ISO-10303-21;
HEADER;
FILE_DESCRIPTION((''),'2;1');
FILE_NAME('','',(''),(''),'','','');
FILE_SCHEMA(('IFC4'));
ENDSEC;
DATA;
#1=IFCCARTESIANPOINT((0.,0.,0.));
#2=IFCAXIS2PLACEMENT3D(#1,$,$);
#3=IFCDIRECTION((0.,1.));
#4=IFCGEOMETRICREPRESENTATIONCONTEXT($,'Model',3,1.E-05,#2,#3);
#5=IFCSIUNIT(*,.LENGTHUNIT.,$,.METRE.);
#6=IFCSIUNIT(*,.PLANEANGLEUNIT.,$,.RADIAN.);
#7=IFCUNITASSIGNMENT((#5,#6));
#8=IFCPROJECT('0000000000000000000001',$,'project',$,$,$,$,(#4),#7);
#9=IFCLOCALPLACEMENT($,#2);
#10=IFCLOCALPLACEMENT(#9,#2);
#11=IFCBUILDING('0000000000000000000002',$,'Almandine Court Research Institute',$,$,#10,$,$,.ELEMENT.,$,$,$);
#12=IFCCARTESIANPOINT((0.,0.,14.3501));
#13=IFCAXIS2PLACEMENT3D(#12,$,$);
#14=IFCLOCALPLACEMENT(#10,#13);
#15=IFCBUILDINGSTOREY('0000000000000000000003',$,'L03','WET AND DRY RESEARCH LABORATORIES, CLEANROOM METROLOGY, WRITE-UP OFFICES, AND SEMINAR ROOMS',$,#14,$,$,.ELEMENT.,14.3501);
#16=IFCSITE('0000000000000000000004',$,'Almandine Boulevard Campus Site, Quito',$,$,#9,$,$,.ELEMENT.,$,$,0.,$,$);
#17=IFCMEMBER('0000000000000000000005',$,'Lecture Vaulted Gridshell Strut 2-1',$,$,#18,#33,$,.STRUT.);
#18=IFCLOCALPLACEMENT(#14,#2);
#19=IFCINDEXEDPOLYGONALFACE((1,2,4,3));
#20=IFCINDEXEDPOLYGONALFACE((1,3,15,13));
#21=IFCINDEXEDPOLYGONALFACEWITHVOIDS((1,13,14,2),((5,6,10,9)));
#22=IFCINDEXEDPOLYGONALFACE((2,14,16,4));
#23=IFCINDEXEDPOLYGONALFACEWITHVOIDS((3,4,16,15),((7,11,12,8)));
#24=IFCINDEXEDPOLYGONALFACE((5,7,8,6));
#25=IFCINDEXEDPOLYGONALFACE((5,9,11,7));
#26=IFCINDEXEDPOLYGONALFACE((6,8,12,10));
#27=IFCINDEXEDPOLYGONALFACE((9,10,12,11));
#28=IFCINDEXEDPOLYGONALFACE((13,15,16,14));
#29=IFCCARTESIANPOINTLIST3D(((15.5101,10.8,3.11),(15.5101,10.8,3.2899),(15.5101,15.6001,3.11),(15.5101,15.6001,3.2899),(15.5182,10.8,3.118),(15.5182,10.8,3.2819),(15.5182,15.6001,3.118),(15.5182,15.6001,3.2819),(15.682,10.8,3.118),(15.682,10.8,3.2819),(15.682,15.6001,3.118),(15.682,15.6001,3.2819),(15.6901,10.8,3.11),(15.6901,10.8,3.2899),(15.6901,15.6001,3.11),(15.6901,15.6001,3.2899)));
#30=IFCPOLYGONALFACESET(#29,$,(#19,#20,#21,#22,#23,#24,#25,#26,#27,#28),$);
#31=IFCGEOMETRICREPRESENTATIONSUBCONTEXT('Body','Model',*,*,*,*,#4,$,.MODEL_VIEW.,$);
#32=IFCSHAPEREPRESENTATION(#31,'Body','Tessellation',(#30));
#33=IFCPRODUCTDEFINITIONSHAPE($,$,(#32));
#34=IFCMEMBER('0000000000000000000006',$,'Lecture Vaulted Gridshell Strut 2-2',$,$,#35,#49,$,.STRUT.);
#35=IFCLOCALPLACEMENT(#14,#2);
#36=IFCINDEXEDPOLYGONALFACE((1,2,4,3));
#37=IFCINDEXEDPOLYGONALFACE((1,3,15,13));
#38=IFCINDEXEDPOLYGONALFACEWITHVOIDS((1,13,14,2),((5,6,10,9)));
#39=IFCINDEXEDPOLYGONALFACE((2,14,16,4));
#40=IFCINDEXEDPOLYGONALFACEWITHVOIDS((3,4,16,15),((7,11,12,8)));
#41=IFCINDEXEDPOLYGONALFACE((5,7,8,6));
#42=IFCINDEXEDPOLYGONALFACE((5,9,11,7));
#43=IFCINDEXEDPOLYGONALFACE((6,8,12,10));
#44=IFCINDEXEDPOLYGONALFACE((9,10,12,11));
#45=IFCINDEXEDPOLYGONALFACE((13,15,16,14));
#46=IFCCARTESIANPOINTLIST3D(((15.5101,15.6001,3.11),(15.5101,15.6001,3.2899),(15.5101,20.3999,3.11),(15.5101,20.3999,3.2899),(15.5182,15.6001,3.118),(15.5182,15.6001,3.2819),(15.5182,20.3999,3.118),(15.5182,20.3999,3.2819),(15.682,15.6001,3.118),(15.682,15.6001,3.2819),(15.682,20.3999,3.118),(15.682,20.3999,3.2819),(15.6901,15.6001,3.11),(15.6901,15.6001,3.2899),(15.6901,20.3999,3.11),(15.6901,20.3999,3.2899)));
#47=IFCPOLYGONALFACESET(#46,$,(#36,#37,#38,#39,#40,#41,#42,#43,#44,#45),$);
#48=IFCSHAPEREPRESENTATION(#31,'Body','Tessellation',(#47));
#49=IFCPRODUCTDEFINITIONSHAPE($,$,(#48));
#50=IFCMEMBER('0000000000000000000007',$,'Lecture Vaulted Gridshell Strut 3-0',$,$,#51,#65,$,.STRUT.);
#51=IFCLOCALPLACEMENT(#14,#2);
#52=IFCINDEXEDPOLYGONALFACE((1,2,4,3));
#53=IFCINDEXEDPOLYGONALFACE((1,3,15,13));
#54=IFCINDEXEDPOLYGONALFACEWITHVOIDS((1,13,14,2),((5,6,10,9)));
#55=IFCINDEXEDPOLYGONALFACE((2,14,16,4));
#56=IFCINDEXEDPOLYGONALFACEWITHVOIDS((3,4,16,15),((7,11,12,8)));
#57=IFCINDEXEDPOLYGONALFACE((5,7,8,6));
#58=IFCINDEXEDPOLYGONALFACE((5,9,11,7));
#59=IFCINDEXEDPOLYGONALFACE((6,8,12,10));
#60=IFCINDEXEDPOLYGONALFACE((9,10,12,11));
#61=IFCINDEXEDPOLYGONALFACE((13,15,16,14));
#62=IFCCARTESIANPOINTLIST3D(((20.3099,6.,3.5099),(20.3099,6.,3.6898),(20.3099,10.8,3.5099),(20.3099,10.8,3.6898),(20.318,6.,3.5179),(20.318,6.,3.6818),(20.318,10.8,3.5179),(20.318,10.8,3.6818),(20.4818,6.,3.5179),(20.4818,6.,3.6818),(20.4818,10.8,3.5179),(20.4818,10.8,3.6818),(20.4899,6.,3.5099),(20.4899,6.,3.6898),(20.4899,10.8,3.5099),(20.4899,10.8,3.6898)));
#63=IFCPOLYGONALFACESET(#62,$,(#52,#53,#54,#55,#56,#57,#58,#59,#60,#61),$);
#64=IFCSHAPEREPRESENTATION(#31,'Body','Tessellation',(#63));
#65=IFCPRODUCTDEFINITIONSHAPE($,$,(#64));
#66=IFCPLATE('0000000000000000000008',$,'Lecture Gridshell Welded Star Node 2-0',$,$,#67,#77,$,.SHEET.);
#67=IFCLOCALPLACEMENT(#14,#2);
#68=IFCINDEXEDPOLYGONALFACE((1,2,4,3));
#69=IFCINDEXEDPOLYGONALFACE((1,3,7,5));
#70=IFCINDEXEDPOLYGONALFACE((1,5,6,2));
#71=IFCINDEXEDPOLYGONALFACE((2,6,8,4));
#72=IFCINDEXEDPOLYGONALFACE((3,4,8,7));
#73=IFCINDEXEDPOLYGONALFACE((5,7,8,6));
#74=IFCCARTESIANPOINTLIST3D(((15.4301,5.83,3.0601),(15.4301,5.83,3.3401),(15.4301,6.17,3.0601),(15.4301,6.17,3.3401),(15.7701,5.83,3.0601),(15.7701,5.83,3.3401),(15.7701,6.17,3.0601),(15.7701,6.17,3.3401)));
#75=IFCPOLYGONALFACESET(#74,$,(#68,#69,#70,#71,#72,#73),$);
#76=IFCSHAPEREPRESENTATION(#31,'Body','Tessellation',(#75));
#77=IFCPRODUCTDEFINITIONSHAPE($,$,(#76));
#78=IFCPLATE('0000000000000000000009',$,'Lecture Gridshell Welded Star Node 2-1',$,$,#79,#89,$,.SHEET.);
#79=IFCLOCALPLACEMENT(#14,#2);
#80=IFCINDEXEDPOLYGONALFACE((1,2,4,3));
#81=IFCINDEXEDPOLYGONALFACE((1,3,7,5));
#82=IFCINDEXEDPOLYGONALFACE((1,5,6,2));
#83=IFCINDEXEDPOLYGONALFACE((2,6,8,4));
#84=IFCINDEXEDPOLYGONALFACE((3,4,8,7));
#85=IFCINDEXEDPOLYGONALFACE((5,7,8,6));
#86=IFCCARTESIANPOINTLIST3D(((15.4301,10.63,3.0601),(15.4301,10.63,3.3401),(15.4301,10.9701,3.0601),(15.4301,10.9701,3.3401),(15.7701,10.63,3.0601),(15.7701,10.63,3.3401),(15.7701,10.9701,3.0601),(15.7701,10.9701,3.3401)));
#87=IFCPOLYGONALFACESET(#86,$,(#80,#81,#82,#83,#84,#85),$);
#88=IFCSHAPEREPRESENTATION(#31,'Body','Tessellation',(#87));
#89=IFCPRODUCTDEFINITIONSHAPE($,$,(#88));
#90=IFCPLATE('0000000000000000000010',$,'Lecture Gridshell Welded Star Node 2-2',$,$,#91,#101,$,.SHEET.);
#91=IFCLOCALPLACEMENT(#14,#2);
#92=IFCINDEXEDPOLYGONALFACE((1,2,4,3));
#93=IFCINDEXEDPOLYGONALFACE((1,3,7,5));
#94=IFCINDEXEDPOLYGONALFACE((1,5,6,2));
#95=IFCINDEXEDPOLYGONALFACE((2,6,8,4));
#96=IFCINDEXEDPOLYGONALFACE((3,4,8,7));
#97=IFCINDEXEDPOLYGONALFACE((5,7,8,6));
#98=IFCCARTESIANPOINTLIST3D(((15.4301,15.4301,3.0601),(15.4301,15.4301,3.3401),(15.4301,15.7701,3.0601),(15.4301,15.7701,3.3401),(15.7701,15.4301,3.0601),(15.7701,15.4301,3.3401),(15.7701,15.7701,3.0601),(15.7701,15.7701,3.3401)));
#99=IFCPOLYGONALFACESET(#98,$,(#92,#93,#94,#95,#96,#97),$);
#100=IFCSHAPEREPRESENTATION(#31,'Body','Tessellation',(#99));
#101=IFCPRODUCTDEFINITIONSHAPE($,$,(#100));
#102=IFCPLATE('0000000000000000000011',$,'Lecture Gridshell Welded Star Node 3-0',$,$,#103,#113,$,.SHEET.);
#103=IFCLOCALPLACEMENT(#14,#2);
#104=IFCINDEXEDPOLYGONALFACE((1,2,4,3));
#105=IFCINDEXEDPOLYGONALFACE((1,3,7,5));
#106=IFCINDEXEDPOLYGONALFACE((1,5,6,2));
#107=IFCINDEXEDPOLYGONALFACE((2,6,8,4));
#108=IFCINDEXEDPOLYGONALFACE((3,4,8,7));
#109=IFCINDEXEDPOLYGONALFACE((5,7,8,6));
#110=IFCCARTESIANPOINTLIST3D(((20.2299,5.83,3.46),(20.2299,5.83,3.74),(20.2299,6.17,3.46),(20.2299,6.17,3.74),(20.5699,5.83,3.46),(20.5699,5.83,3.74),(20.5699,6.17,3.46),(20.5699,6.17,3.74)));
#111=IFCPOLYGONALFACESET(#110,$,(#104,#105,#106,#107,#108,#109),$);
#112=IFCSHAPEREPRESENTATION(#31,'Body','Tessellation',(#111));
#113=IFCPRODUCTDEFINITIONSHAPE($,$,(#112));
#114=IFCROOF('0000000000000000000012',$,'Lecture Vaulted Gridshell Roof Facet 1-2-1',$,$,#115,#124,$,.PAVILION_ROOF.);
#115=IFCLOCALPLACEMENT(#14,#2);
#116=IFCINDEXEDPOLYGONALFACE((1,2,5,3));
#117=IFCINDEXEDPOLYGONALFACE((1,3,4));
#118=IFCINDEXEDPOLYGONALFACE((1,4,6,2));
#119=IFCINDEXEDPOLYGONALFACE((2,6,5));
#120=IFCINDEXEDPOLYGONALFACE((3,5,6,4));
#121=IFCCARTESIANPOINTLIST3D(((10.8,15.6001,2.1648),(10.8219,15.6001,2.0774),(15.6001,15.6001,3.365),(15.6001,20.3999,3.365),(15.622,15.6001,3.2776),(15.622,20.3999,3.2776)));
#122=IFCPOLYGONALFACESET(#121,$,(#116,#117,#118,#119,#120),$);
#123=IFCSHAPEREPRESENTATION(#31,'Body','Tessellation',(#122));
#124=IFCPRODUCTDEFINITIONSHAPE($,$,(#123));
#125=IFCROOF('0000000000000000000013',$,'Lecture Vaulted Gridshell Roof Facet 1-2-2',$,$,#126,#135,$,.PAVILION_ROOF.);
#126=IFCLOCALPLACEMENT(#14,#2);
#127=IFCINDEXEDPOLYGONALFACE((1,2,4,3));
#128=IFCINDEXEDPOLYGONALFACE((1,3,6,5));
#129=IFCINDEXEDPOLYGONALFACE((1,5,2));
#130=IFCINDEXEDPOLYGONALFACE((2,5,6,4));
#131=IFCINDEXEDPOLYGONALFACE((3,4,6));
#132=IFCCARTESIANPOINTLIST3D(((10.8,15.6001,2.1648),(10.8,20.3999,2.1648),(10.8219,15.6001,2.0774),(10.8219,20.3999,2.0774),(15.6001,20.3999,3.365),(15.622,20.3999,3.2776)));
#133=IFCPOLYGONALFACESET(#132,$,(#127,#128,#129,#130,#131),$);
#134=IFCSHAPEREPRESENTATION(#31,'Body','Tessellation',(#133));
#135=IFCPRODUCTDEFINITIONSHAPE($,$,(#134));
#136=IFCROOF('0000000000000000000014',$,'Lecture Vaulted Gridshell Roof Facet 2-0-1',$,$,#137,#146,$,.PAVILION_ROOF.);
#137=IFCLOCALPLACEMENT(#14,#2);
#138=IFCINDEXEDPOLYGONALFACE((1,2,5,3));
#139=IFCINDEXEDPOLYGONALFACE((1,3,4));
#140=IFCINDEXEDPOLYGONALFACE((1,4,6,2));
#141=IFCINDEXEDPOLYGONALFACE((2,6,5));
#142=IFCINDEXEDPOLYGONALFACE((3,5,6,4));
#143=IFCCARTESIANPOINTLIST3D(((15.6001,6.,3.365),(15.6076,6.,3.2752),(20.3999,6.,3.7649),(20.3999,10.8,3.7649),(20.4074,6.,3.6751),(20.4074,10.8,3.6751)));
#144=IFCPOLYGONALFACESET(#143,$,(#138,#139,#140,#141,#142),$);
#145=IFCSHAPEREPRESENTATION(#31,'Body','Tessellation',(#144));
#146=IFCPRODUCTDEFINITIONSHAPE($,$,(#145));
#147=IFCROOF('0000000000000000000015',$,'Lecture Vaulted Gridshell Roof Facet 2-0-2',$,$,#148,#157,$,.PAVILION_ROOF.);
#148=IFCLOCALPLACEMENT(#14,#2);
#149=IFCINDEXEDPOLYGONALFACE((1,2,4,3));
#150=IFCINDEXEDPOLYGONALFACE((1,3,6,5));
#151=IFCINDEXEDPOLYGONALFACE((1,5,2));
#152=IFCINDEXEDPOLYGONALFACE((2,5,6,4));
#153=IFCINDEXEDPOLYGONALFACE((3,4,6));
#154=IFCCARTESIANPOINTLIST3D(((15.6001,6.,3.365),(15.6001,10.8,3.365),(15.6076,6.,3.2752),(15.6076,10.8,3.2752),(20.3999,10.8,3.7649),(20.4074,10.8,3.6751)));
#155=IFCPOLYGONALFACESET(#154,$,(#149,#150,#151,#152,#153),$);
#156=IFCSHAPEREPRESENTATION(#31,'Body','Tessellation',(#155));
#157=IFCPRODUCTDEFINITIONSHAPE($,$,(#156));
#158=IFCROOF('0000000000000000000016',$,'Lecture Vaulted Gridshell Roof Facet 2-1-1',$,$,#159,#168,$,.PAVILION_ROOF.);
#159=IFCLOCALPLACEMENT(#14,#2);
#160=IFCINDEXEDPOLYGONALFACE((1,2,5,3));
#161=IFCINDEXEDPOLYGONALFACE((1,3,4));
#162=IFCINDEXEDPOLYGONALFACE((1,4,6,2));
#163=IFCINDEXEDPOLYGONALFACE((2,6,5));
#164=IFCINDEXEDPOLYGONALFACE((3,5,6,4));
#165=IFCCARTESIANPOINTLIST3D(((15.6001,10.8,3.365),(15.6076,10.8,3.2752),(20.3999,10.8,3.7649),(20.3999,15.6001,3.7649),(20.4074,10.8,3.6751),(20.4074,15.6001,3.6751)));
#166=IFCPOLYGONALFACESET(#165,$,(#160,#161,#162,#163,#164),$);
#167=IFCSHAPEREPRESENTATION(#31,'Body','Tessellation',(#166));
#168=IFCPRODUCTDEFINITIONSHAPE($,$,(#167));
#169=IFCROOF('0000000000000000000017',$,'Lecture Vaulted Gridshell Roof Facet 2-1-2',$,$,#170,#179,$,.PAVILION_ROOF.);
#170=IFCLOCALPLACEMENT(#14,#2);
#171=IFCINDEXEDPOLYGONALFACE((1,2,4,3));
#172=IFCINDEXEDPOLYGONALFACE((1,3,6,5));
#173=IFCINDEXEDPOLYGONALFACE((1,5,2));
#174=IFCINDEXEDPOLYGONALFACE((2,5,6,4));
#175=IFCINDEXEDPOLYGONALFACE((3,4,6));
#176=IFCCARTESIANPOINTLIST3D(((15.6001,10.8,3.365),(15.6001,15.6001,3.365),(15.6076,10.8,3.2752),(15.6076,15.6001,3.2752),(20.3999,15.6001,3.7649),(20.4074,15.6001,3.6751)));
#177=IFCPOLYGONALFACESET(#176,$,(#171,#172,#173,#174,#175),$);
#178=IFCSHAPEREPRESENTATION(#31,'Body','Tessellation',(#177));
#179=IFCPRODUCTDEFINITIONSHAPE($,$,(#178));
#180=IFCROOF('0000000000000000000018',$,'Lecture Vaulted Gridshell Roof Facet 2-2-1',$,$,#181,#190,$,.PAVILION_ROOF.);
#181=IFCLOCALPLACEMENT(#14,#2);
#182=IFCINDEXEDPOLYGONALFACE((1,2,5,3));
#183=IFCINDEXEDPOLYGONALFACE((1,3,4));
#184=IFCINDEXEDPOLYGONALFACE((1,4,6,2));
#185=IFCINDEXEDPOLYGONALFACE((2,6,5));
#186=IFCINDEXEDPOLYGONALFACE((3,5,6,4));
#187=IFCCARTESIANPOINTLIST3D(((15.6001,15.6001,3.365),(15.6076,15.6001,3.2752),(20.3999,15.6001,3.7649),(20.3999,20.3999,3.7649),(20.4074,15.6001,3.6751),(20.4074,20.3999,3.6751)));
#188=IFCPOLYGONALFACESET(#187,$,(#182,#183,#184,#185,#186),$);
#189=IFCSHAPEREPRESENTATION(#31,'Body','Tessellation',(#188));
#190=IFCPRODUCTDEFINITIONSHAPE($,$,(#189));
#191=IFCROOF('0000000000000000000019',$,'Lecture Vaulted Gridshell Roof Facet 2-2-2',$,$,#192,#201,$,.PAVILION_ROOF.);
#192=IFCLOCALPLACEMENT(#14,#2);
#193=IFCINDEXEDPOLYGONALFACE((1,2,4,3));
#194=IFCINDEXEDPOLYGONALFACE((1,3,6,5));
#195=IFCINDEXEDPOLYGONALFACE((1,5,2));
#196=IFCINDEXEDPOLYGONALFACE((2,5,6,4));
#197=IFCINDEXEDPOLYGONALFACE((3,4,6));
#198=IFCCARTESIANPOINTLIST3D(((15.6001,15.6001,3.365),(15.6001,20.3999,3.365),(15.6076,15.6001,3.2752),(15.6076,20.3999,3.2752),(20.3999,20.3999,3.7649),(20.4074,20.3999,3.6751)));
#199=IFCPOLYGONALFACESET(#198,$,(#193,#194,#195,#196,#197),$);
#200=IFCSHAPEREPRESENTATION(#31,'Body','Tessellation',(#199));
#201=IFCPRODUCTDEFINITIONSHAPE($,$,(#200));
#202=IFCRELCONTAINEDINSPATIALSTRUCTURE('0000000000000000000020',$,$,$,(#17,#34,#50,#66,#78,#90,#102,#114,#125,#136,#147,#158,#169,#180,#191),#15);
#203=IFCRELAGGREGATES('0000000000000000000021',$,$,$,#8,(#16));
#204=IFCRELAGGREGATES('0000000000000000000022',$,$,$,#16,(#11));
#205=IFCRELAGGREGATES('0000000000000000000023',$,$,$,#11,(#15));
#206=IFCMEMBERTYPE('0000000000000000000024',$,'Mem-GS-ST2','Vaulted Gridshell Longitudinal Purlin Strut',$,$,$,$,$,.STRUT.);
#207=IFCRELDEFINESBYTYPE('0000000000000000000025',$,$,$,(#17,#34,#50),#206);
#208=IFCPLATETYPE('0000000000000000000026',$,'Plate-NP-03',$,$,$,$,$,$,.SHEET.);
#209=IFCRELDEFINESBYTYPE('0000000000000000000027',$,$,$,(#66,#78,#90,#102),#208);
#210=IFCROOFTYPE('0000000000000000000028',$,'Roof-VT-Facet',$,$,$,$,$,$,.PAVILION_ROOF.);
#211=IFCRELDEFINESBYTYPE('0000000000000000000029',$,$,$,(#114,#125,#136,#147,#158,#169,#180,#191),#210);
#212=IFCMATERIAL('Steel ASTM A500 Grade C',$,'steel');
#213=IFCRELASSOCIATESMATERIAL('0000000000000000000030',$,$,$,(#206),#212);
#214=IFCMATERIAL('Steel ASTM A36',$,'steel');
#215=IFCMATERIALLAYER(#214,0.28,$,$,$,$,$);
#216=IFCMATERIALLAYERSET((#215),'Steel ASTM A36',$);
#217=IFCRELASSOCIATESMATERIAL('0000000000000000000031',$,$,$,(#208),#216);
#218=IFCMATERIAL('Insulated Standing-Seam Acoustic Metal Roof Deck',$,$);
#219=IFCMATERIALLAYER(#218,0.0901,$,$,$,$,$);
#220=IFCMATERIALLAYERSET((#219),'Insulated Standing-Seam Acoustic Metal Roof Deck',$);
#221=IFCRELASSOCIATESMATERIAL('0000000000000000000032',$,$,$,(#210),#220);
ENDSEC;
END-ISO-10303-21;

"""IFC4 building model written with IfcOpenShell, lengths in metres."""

from ifc_helpers import new_model, si_unit, direction, frame, origin, origin_2d, place, context, subcontext, project, spatial, polyline, rectangle, hollow_rectangle, outline, extrude, material, layer, layer_set, material_profile, profile_set, type_object, element, save


model = new_model("IFC4")

# Units and contexts
model_context = context("Model", 3, precision=1e-05, world=origin(), true_north=direction((0.0, 1.0)))
body_context = subcontext(model_context, "Body", "Model", "MODEL_VIEW")
ifc_project = project(units=[si_unit("LENGTHUNIT", "METRE"), si_unit("PLANEANGLEUNIT", "RADIAN")], contexts=[model_context])

# Site, building, storey
site_placement = place(None, origin())
site = spatial("IfcSite", under=ifc_project, at=site_placement, Name="Almandine Boulevard Campus Site, Quito", CompositionType="ELEMENT", RefElevation=0.0)
building_placement = place(site_placement, origin())
building = spatial("IfcBuilding", under=site, at=building_placement, Name="Almandine Court Research Institute", CompositionType="ELEMENT")
storey_placement = place(building_placement, frame((0.0, 0.0, 14.3501)))
storey = spatial("IfcBuildingStorey", under=building, at=storey_placement, Name="L03", Description="WET AND DRY RESEARCH LABORATORIES, CLEANROOM METROLOGY, WRITE-UP OFFICES, AND SEMINAR ROOMS", CompositionType="ELEMENT", Elevation=14.3501)

# Members
ifc_material_1 = material(Name="Steel ASTM A500 Grade C", Category="steel")
ifc_material_profile_1 = material_profile(ifc_material_1, hollow_rectangle(XDim=0.1799, YDim=0.1799, WallThickness=0.0081, at=origin_2d()), Name="HSS 180x180x8")
ifc_profile_set_1 = profile_set([ifc_material_profile_1], Name="Steel ASTM A500 Grade C")
member_type_1 = type_object("IfcMemberType", Name="Mem-GS-ST2", Description="Vaulted Gridshell Longitudinal Purlin Strut", PredefinedType="STRUT", material=ifc_profile_set_1)
for number, where, z_axis, x_axis, name in (
    (1, (15.6001, 10.8, 3.2), (0.0, 1.0, 0.0), (-1.0, 0.0, 0.0), "Lecture Vaulted Gridshell Strut 2-1"),
):
    element("IfcMember", number, at=place(storey_placement, frame(where, z_axis=z_axis, x_axis=x_axis)), inside=storey, type_object=member_type_1, Name=name, PredefinedType="STRUT", context=body_context, shape_type="SweptSolid", body=[
        extrude(hollow_rectangle(XDim=0.1799, YDim=0.1799, WallThickness=0.0081, at=origin_2d()), origin(), (0.0, 0.0, 1.0), 4.8),
    ])
member_1_placement = place(storey_placement, frame((15.6001, 15.6001, 3.2), z_axis=(0.0, 1.0, 0.0), x_axis=(-1.0, 0.0, 0.0)))
element("IfcMember", 2, at=member_1_placement, inside=storey, type_object=member_type_1, Name="Lecture Vaulted Gridshell Strut 2-2", PredefinedType="STRUT", context=body_context, shape_type="SweptSolid", body=[
    extrude(hollow_rectangle(XDim=0.1799, YDim=0.1799, WallThickness=0.0081, at=origin_2d()), origin(), (0.0, 0.0, 1.0), 4.7998),
])
member_2_placement = place(storey_placement, frame((20.3999, 6.0, 3.5999), z_axis=(0.0, 1.0, 0.0), x_axis=(-1.0, 0.0, 0.0)))
element("IfcMember", 3, at=member_2_placement, inside=storey, type_object=member_type_1, Name="Lecture Vaulted Gridshell Strut 3-0", PredefinedType="STRUT", context=body_context, shape_type="SweptSolid", body=[
    extrude(hollow_rectangle(XDim=0.1799, YDim=0.1799, WallThickness=0.0081, at=origin_2d()), origin(), (0.0, 0.0, 1.0), 4.8),
])

# Plates
ifc_material_2 = material(Name="Steel ASTM A36", Category="steel")
ifc_layer_1 = layer(ifc_material_2, 0.28)
ifc_layer_set_1 = layer_set([ifc_layer_1], Name="Steel ASTM A36")
plate_type = type_object("IfcPlateType", Name="Plate-NP-03", PredefinedType="SHEET", material=ifc_layer_set_1)
for number, where, z_axis, x_axis, name in (
    (4, (15.6001, 6.0, 3.0601), (0.0, 0.0, 1.0), (1.0, 0.0, 0.0), "Lecture Gridshell Welded Star Node 2-0"),
    (5, (15.6001, 10.8, 3.0601), (0.0, 0.0, 1.0), (1.0, 0.0, 0.0), "Lecture Gridshell Welded Star Node 2-1"),
    (6, (15.6001, 15.6001, 3.0601), (0.0, 0.0, 1.0), (1.0, 0.0, 0.0), "Lecture Gridshell Welded Star Node 2-2"),
    (7, (20.3999, 6.0, 3.46), (0.0, 0.0, 1.0), (1.0, 0.0, 0.0), "Lecture Gridshell Welded Star Node 3-0"),
):
    element("IfcPlate", number, at=place(storey_placement, frame(where, z_axis=z_axis, x_axis=x_axis)), inside=storey, type_object=plate_type, Name=name, PredefinedType="SHEET", context=body_context, shape_type="SweptSolid", body=[
        extrude(rectangle(XDim=0.3401, YDim=0.3401, at=origin_2d()), origin(), (0.0, 0.0, 1.0), 0.28),
    ])

# Roofs
ifc_material_3 = material(Name="Insulated Standing-Seam Acoustic Metal Roof Deck")
ifc_layer_2 = layer(ifc_material_3, 0.0901)
ifc_layer_set_2 = layer_set([ifc_layer_2], Name="Insulated Standing-Seam Acoustic Metal Roof Deck")
roof_type = type_object("IfcRoofType", Name="Roof-VT-Facet", PredefinedType="PAVILION_ROOF", material=ifc_layer_set_2)
roof_1_placement = place(storey_placement, frame((10.8, 15.6001, 2.1648), z_axis=(-0.24257, 0.0, 0.970134), x_axis=(0.970134, 0.0, 0.24257)))
element("IfcRoof", 8, at=roof_1_placement, inside=storey, type_object=roof_type, Name="Lecture Vaulted Gridshell Roof Facet 1-2-1", PredefinedType="PAVILION_ROOF", context=body_context, shape_type="SweptSolid", body=[
    extrude(outline(polyline([(0.0, 0.0), (4.9478, 0.0), (4.9478, 4.7998), (0.0, 0.0)])), origin(), (0.0, 0.0, -1.0), 0.0901),
])
roof_2_placement = place(storey_placement, frame((10.8, 15.6001, 2.1648), z_axis=(-0.24257, 0.0, 0.970134), x_axis=(0.696325, 0.696289, 0.174108)))
element("IfcRoof", 9, at=roof_2_placement, inside=storey, type_object=roof_type, Name="Lecture Vaulted Gridshell Roof Facet 1-2-2", PredefinedType="PAVILION_ROOF", context=body_context, shape_type="SweptSolid", body=[
    extrude(outline(polyline([(0.0, 0.0), (6.8934, 0.0), (3.3421, 3.4451), (0.0, 0.0)])), origin(), (0.0, 0.0, -1.0), 0.0901),
])
roof_3_placement = place(storey_placement, frame((15.6001, 6.0, 3.365), z_axis=(-0.083029, 0.0, 0.996547), x_axis=(0.996547, 0.0, 0.083029)))
element("IfcRoof", 10, at=roof_3_placement, inside=storey, type_object=roof_type, Name="Lecture Vaulted Gridshell Roof Facet 2-0-1", PredefinedType="PAVILION_ROOF", context=body_context, shape_type="SweptSolid", body=[
    extrude(outline(polyline([(0.0, 0.0), (4.8164, 0.0), (4.8164, 4.8), (0.0, 0.0)])), origin(), (0.0, 0.0, -1.0), 0.0901),
])
roof_4_placement = place(storey_placement, frame((15.6001, 6.0, 3.365), z_axis=(-0.083029, 0.0, 0.996547), x_axis=(0.705865, 0.705901, 0.05881)))
element("IfcRoof", 11, at=roof_4_placement, inside=storey, type_object=roof_type, Name="Lecture Vaulted Gridshell Roof Facet 2-0-2", PredefinedType="PAVILION_ROOF", context=body_context, shape_type="SweptSolid", body=[
    extrude(outline(polyline([(0.0, 0.0), (6.7999, 0.0), (3.3884, 3.3999), (0.0, 0.0)])), origin(), (0.0, 0.0, -1.0), 0.0901),
])
roof_5_placement = place(storey_placement, frame((15.6001, 10.8, 3.365), z_axis=(-0.083029, 0.0, 0.996547), x_axis=(0.996547, 0.0, 0.083029)))
element("IfcRoof", 12, at=roof_5_placement, inside=storey, type_object=roof_type, Name="Lecture Vaulted Gridshell Roof Facet 2-1-1", PredefinedType="PAVILION_ROOF", context=body_context, shape_type="SweptSolid", body=[
    extrude(outline(polyline([(0.0, 0.0), (4.8164, 0.0), (4.8164, 4.8), (0.0, 0.0)])), origin(), (0.0, 0.0, -1.0), 0.0901),
])
roof_6_placement = place(storey_placement, frame((15.6001, 10.8, 3.365), z_axis=(-0.083029, 0.0, 0.996547), x_axis=(0.705865, 0.705901, 0.05881)))
element("IfcRoof", 13, at=roof_6_placement, inside=storey, type_object=roof_type, Name="Lecture Vaulted Gridshell Roof Facet 2-1-2", PredefinedType="PAVILION_ROOF", context=body_context, shape_type="SweptSolid", body=[
    extrude(outline(polyline([(0.0, 0.0), (6.7999, 0.0), (3.3884, 3.3999), (0.0, 0.0)])), origin(), (0.0, 0.0, -1.0), 0.0901),
])
roof_7_placement = place(storey_placement, frame((15.6001, 15.6001, 3.365), z_axis=(-0.083029, 0.0, 0.996547), x_axis=(0.996547, 0.0, 0.083029)))
element("IfcRoof", 14, at=roof_7_placement, inside=storey, type_object=roof_type, Name="Lecture Vaulted Gridshell Roof Facet 2-2-1", PredefinedType="PAVILION_ROOF", context=body_context, shape_type="SweptSolid", body=[
    extrude(outline(polyline([(0.0, 0.0), (4.8164, 0.0), (4.8164, 4.7998), (0.0, 0.0)])), origin(), (0.0, 0.0, -1.0), 0.0901),
])
roof_8_placement = place(storey_placement, frame((15.6001, 15.6001, 3.365), z_axis=(-0.083029, 0.0, 0.996547), x_axis=(0.705883, 0.705883, 0.058812)))
element("IfcRoof", 15, at=roof_8_placement, inside=storey, type_object=roof_type, Name="Lecture Vaulted Gridshell Roof Facet 2-2-2", PredefinedType="PAVILION_ROOF", context=body_context, shape_type="SweptSolid", body=[
    extrude(outline(polyline([(0.0, 0.0), (6.7997, 0.0), (3.3881, 3.3998), (0.0, 0.0)])), origin(), (0.0, 0.0, -1.0), 0.0901),
])

save(model, "model.ifc")
